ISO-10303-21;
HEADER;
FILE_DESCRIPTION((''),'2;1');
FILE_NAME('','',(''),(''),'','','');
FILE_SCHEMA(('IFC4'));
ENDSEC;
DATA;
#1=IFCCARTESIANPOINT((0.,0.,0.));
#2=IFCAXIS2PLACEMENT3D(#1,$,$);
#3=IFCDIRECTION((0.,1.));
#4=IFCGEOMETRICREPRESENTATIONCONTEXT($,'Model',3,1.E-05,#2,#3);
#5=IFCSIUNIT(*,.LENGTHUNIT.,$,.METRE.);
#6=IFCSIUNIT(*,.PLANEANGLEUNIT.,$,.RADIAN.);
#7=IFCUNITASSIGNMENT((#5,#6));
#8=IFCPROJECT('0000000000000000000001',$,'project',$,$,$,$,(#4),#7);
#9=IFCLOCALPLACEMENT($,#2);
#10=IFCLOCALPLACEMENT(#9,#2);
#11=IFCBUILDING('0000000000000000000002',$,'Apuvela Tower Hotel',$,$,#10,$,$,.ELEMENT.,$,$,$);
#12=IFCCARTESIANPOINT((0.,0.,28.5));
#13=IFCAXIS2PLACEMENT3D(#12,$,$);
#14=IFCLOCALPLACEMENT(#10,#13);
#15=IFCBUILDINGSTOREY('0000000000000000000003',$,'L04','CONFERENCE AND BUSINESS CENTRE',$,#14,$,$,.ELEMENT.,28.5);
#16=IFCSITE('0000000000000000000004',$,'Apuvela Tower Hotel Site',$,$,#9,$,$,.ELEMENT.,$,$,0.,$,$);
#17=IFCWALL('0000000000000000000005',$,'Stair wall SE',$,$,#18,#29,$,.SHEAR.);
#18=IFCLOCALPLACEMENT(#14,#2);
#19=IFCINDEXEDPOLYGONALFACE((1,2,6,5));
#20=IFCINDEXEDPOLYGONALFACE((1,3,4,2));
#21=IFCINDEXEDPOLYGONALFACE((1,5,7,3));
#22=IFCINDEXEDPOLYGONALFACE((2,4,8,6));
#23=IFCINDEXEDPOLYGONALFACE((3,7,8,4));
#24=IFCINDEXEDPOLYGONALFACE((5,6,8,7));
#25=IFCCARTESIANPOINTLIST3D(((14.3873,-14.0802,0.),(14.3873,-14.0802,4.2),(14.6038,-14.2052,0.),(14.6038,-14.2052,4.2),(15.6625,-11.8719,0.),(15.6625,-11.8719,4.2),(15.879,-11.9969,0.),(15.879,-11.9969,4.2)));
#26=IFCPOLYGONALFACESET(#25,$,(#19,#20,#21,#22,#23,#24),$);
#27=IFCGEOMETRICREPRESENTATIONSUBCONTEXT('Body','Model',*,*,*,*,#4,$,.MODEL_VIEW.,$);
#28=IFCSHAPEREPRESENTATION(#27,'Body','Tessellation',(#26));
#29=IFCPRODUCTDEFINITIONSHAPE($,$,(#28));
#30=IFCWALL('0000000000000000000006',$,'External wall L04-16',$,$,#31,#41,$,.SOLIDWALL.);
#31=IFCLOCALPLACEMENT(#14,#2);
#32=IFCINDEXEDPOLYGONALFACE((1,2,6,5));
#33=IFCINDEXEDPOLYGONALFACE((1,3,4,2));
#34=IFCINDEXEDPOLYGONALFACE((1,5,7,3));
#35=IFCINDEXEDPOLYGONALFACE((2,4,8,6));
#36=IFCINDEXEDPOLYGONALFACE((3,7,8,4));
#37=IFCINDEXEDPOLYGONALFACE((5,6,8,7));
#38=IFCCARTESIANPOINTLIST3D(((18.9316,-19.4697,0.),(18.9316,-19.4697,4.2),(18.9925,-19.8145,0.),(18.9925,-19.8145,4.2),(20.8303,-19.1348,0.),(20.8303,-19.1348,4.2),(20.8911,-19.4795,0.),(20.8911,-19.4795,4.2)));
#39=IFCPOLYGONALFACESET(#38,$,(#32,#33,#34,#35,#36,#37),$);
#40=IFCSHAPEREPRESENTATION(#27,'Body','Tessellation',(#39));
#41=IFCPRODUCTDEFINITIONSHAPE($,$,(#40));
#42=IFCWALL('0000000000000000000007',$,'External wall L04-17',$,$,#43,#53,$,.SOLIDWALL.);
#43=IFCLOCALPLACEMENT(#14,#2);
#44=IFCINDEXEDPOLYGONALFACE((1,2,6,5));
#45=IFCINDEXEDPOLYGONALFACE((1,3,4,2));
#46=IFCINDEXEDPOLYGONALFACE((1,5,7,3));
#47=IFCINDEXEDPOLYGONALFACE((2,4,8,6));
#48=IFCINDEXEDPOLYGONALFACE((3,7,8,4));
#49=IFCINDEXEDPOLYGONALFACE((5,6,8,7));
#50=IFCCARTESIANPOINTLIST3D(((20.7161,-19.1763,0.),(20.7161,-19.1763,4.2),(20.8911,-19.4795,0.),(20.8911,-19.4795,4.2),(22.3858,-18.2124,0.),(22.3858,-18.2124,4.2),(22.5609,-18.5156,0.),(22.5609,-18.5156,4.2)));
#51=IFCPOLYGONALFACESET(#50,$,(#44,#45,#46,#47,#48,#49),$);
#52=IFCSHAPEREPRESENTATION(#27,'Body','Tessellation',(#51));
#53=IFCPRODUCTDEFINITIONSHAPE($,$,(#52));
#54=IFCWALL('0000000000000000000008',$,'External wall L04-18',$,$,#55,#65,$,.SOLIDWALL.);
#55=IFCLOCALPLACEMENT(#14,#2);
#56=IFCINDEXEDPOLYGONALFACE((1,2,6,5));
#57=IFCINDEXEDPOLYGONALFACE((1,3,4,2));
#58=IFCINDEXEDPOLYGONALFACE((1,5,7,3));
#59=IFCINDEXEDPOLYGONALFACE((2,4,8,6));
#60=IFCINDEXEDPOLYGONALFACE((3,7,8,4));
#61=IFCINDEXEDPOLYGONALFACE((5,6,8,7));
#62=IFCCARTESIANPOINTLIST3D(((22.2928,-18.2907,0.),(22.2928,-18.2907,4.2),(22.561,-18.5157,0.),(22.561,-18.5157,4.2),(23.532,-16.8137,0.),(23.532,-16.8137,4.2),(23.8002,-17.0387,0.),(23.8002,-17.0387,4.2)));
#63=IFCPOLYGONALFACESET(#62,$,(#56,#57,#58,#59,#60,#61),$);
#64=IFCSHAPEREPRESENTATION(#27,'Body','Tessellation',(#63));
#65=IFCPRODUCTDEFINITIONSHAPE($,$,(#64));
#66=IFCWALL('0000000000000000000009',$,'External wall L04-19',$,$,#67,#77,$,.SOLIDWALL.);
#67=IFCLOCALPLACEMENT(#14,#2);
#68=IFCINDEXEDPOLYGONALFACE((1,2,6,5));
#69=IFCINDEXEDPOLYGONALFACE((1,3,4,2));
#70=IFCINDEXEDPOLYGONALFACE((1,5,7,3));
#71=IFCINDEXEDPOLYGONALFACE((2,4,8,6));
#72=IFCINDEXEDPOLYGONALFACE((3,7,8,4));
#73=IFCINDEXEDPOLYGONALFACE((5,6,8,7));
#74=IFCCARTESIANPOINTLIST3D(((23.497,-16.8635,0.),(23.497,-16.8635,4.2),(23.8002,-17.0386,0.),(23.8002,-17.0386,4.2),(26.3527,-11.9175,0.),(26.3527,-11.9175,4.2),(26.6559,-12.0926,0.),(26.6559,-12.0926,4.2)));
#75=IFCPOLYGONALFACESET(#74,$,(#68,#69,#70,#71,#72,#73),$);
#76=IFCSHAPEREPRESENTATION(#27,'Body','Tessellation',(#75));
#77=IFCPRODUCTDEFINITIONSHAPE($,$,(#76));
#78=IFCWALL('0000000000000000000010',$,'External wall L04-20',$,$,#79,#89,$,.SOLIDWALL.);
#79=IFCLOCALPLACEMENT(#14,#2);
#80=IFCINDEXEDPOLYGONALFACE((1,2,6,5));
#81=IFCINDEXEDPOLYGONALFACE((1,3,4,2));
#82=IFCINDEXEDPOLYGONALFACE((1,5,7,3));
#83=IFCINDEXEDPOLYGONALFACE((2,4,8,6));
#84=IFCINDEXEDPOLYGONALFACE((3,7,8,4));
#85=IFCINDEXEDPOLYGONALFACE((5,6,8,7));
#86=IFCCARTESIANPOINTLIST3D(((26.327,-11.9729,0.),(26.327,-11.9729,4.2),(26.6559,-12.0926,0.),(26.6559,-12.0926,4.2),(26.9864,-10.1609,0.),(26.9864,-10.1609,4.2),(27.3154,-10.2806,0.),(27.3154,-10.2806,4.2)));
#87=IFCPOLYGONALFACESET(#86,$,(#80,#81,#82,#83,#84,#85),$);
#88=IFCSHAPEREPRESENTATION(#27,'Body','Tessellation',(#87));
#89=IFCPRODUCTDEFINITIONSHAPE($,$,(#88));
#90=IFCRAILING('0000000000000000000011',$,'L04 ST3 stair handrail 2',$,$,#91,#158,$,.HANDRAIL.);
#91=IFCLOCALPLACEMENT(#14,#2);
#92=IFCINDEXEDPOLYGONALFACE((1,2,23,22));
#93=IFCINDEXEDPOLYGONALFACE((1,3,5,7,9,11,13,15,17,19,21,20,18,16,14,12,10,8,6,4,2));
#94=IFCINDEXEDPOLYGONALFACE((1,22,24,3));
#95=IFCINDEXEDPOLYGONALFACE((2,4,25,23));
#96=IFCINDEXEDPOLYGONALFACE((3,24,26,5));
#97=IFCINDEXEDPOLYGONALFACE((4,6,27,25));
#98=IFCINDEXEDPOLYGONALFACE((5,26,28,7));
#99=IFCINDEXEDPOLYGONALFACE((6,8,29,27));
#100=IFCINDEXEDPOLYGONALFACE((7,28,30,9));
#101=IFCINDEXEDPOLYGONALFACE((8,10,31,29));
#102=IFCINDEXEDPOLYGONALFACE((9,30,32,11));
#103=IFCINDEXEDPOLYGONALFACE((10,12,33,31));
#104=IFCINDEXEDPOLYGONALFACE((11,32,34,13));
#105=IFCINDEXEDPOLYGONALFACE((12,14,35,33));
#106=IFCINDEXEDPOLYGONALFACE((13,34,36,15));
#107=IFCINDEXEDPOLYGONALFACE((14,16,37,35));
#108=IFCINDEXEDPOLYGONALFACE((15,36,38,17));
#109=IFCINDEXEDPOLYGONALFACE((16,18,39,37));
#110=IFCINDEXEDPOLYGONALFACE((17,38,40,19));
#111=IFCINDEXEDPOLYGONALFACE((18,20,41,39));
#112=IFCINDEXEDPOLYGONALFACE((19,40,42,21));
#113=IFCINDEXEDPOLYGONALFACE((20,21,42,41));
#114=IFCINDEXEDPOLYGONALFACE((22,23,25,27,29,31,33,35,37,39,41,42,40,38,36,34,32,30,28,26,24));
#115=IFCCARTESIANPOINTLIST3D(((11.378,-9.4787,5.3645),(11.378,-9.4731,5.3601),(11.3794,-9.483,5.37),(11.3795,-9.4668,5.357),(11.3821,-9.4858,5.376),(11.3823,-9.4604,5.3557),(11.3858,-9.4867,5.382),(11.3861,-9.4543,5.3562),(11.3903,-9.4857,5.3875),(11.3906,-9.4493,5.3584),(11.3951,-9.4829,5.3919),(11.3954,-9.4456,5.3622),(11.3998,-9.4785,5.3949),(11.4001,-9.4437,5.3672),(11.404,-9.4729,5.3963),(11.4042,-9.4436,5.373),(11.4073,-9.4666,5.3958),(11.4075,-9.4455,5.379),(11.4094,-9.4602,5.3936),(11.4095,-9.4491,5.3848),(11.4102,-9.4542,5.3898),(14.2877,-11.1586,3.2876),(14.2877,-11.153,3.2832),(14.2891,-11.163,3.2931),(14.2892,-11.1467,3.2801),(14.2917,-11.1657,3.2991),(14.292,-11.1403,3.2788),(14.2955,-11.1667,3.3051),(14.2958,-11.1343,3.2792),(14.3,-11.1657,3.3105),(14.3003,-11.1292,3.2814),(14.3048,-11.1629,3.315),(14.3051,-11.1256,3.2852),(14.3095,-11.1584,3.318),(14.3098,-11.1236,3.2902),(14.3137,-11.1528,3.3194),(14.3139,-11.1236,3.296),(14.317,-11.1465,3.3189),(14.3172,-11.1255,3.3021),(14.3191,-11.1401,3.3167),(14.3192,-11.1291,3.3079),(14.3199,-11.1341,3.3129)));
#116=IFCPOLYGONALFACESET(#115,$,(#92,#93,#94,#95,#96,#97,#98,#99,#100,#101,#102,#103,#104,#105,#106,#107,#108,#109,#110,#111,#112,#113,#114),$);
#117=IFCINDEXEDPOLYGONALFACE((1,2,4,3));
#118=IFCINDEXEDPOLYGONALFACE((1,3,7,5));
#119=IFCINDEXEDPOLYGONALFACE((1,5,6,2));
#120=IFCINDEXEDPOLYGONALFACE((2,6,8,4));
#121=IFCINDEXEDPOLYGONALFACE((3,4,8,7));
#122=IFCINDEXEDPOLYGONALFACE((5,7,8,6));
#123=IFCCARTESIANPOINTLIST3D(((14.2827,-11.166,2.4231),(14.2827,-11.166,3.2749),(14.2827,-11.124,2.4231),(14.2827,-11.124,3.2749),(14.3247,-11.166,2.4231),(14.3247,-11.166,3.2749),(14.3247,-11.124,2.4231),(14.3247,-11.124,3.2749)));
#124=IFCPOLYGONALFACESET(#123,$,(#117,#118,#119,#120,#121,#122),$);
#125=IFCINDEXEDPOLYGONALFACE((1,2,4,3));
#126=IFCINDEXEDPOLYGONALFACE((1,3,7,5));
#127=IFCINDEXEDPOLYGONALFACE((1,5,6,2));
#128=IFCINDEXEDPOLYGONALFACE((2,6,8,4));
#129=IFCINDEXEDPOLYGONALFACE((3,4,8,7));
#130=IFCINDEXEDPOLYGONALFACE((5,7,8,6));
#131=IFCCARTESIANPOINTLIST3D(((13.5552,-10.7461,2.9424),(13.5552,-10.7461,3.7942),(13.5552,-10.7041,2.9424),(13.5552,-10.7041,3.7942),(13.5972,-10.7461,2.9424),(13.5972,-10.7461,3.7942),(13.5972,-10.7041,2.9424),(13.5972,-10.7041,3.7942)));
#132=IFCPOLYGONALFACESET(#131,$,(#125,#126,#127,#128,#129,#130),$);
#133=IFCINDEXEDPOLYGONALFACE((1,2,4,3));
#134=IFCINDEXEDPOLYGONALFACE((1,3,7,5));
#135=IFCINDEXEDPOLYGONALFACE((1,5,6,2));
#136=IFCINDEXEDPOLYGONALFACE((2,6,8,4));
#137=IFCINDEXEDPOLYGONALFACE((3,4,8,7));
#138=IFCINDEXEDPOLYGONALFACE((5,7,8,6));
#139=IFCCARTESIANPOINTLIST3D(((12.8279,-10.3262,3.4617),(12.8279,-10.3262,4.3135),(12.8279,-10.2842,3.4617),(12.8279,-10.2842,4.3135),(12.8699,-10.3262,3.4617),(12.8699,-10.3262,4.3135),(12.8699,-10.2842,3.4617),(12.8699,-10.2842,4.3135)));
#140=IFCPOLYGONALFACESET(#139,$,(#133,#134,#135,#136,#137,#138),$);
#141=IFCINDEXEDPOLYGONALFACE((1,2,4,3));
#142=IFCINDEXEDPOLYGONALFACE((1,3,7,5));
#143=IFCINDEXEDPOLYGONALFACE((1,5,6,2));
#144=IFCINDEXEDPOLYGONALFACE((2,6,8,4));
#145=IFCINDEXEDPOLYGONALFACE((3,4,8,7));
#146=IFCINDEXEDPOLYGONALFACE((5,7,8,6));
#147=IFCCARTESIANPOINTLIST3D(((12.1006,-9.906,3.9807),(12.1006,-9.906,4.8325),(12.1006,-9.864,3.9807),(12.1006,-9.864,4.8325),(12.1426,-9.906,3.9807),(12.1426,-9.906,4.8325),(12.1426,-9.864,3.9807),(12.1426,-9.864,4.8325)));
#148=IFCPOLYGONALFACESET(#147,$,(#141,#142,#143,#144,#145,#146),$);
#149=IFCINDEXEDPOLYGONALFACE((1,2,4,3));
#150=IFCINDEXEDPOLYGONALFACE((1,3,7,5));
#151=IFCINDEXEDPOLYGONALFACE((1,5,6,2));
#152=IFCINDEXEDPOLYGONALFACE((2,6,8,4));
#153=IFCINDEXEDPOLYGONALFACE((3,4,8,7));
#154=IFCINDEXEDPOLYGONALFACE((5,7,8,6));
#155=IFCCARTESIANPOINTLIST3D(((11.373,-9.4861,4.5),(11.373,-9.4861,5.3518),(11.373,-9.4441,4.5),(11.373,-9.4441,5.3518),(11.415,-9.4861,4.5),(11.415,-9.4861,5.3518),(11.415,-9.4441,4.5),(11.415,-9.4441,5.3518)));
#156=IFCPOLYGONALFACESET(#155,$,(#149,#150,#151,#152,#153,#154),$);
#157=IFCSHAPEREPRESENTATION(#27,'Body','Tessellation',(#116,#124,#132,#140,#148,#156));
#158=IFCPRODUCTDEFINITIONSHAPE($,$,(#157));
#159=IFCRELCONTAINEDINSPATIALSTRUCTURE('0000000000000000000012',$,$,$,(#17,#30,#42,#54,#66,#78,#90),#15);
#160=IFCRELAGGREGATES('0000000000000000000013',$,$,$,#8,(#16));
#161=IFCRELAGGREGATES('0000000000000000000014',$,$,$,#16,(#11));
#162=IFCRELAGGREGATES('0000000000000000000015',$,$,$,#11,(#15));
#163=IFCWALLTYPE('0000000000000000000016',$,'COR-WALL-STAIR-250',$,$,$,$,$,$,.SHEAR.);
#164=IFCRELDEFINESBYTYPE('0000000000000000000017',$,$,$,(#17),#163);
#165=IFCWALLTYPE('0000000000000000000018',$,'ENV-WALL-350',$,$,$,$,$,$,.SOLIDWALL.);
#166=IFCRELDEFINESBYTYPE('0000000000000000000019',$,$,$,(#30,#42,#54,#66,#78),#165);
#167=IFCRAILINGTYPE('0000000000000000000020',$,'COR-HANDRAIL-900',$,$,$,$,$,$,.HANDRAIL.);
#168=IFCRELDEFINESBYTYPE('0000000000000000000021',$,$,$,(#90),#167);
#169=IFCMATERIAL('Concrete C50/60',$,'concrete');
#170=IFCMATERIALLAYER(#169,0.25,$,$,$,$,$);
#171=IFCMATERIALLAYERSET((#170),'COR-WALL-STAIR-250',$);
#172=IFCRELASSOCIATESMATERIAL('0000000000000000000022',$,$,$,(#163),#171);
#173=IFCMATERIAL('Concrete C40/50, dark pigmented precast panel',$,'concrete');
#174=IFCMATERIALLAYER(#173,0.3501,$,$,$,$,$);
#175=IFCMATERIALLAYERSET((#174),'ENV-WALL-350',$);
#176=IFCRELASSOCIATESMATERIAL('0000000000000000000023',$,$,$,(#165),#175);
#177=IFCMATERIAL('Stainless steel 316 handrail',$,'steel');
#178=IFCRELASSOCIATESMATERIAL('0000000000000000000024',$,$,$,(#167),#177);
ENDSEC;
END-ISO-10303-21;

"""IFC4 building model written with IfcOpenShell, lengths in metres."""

from ifc_helpers import new_model, si_unit, direction, frame, frame_2d, origin, origin_2d, place, context, subcontext, project, spatial, rectangle, circle, extrude, material, layer, layer_set, type_object, element, save


model = new_model("IFC4")

# Units and contexts
model_context = context("Model", 3, precision=1e-05, world=origin(), true_north=direction((0.0, 1.0)))
body_context = subcontext(model_context, "Body", "Model", "MODEL_VIEW")
ifc_project = project(units=[si_unit("LENGTHUNIT", "METRE"), si_unit("PLANEANGLEUNIT", "RADIAN")], contexts=[model_context])

# Site, building, storey
site_placement = place(None, origin())
site = spatial("IfcSite", under=ifc_project, at=site_placement, Name="Apuvela Tower Hotel Site", CompositionType="ELEMENT", RefElevation=0.0)
building_placement = place(site_placement, origin())
building = spatial("IfcBuilding", under=site, at=building_placement, Name="Apuvela Tower Hotel", CompositionType="ELEMENT")
storey_placement = place(building_placement, frame((0.0, 0.0, 28.5)))
storey = spatial("IfcBuildingStorey", under=building, at=storey_placement, Name="L04", Description="CONFERENCE AND BUSINESS CENTRE", CompositionType="ELEMENT", Elevation=28.5)

# Shared definitions
ifc_material_1 = material(Name="Concrete C50/60", Category="concrete")

# Walls
ifc_layer_1 = layer(ifc_material_1, 0.25)
ifc_layer_set_1 = layer_set([ifc_layer_1], Name="COR-WALL-STAIR-250")
wall_type_1 = type_object("IfcWallType", Name="COR-WALL-STAIR-250", PredefinedType="SHEAR", material=ifc_layer_set_1)
wall_1_placement = place(storey_placement, frame((14.4956, -14.1426, 0.0), z_axis=(0.0, 0.0, 1.0), x_axis=(0.500062, 0.865989, 0.0)))
element("IfcWall", 1, at=wall_1_placement, inside=storey, type_object=wall_type_1, Name="Stair wall SE", PredefinedType="SHEAR", context=body_context, shape_type="SweptSolid", body=[
    extrude(rectangle(XDim=2.55, YDim=0.25, at=frame_2d((1.2749, 0.0))), origin(), (0.0, 0.0, 1.0), 4.2),
])
ifc_material_2 = material(Name="Concrete C40/50, dark pigmented precast panel", Category="concrete")
ifc_layer_2 = layer(ifc_material_2, 0.3501)
ifc_layer_set_2 = layer_set([ifc_layer_2], Name="ENV-WALL-350")
wall_type_2 = type_object("IfcWallType", Name="ENV-WALL-350", PredefinedType="SOLIDWALL", material=ifc_layer_set_2)
for number, where, z_axis, x_axis, name in (
    (2, (18.9622, -19.6421, 0.0), (0.0, 0.0, 1.0), (0.984792, 0.173735, 0.0), "External wall L04-16"),
    (3, (20.8037, -19.3279, 0.0), (0.0, 0.0, 1.0), (0.866053, 0.499953, 0.0), "External wall L04-17"),
    (4, (22.427, -18.4031, 0.0), (0.0, 0.0, 1.0), (0.642747, 0.766079, 0.0), "External wall L04-18"),
):
    element("IfcWall", number, at=place(storey_placement, frame(where, z_axis=z_axis, x_axis=x_axis)), inside=storey, type_object=wall_type_2, Name=name, PredefinedType="SOLIDWALL", context=body_context, shape_type="SweptSolid", body=[
        extrude(rectangle(XDim=1.928, YDim=0.3501, at=frame_2d((0.9639, 0.0))), origin(), (0.0, 0.0, 1.0), 4.2),
    ])
wall_2_placement = place(storey_placement, frame((23.6487, -16.9509, 0.0), z_axis=(0.0, 0.0, 1.0), x_axis=(0.500015, 0.866017, 0.0)))
element("IfcWall", 5, at=wall_2_placement, inside=storey, type_object=wall_type_2, Name="External wall L04-19", PredefinedType="SOLIDWALL", context=body_context, shape_type="SweptSolid", body=[
    extrude(rectangle(XDim=5.7112, YDim=0.3501, at=frame_2d((2.8555, 0.0))), origin(), (0.0, 0.0, 1.0), 4.2),
])
wall_3_placement = place(storey_placement, frame((26.4915, -12.0327, 0.0), z_axis=(0.0, 0.0, 1.0), x_axis=(0.341977, 0.939708, 0.0)))
element("IfcWall", 6, at=wall_3_placement, inside=storey, type_object=wall_type_2, Name="External wall L04-20", PredefinedType="SOLIDWALL", context=body_context, shape_type="SweptSolid", body=[
    extrude(rectangle(XDim=1.9282, YDim=0.3501, at=frame_2d((0.9641, 0.0))), origin(), (0.0, 0.0, 1.0), 4.2),
])

# Railing
ifc_material_3 = material(Name="Stainless steel 316 handrail", Category="steel")
railing_type = type_object("IfcRailingType", Name="COR-HANDRAIL-900", PredefinedType="HANDRAIL", material=ifc_material_3)
railing_placement = place(storey_placement, frame((14.3037, -11.145, 2.4231)))
element("IfcRailing", 7, at=railing_placement, inside=storey, type_object=railing_type, Name="L04 ST3 stair handrail 2", PredefinedType="HANDRAIL", context=body_context, shape_type="SweptSolid", body=[
    extrude(circle(Radius=0.0239, at=origin_2d()), frame((0.0, 0.0, 0.876), z_axis=(-0.73664, 0.425308, 0.525809), x_axis=(-0.500008, -0.866021, 0.0)), (0.0, 0.0, 1.0), 3.95),
    extrude(rectangle(XDim=0.042, YDim=0.042, at=origin_2d()), origin(), (0.0, 0.0, 1.0), 0.8518),
    extrude(rectangle(XDim=0.042, YDim=0.042, at=origin_2d()), frame((-0.7275, 0.4199, 0.5193)), (0.0, 0.0, 1.0), 0.8518),
    extrude(rectangle(XDim=0.042, YDim=0.042, at=origin_2d()), frame((-1.4548, 0.8398, 1.0386)), (0.0, 0.0, 1.0), 0.8518),
    extrude(rectangle(XDim=0.042, YDim=0.042, at=origin_2d()), frame((-2.1821, 1.26, 1.5576)), (0.0, 0.0, 1.0), 0.8518),
    extrude(rectangle(XDim=0.042, YDim=0.042, at=origin_2d()), frame((-2.9097, 1.6799, 2.0769)), (0.0, 0.0, 1.0), 0.8518),
])

save(model, "model.ifc")
